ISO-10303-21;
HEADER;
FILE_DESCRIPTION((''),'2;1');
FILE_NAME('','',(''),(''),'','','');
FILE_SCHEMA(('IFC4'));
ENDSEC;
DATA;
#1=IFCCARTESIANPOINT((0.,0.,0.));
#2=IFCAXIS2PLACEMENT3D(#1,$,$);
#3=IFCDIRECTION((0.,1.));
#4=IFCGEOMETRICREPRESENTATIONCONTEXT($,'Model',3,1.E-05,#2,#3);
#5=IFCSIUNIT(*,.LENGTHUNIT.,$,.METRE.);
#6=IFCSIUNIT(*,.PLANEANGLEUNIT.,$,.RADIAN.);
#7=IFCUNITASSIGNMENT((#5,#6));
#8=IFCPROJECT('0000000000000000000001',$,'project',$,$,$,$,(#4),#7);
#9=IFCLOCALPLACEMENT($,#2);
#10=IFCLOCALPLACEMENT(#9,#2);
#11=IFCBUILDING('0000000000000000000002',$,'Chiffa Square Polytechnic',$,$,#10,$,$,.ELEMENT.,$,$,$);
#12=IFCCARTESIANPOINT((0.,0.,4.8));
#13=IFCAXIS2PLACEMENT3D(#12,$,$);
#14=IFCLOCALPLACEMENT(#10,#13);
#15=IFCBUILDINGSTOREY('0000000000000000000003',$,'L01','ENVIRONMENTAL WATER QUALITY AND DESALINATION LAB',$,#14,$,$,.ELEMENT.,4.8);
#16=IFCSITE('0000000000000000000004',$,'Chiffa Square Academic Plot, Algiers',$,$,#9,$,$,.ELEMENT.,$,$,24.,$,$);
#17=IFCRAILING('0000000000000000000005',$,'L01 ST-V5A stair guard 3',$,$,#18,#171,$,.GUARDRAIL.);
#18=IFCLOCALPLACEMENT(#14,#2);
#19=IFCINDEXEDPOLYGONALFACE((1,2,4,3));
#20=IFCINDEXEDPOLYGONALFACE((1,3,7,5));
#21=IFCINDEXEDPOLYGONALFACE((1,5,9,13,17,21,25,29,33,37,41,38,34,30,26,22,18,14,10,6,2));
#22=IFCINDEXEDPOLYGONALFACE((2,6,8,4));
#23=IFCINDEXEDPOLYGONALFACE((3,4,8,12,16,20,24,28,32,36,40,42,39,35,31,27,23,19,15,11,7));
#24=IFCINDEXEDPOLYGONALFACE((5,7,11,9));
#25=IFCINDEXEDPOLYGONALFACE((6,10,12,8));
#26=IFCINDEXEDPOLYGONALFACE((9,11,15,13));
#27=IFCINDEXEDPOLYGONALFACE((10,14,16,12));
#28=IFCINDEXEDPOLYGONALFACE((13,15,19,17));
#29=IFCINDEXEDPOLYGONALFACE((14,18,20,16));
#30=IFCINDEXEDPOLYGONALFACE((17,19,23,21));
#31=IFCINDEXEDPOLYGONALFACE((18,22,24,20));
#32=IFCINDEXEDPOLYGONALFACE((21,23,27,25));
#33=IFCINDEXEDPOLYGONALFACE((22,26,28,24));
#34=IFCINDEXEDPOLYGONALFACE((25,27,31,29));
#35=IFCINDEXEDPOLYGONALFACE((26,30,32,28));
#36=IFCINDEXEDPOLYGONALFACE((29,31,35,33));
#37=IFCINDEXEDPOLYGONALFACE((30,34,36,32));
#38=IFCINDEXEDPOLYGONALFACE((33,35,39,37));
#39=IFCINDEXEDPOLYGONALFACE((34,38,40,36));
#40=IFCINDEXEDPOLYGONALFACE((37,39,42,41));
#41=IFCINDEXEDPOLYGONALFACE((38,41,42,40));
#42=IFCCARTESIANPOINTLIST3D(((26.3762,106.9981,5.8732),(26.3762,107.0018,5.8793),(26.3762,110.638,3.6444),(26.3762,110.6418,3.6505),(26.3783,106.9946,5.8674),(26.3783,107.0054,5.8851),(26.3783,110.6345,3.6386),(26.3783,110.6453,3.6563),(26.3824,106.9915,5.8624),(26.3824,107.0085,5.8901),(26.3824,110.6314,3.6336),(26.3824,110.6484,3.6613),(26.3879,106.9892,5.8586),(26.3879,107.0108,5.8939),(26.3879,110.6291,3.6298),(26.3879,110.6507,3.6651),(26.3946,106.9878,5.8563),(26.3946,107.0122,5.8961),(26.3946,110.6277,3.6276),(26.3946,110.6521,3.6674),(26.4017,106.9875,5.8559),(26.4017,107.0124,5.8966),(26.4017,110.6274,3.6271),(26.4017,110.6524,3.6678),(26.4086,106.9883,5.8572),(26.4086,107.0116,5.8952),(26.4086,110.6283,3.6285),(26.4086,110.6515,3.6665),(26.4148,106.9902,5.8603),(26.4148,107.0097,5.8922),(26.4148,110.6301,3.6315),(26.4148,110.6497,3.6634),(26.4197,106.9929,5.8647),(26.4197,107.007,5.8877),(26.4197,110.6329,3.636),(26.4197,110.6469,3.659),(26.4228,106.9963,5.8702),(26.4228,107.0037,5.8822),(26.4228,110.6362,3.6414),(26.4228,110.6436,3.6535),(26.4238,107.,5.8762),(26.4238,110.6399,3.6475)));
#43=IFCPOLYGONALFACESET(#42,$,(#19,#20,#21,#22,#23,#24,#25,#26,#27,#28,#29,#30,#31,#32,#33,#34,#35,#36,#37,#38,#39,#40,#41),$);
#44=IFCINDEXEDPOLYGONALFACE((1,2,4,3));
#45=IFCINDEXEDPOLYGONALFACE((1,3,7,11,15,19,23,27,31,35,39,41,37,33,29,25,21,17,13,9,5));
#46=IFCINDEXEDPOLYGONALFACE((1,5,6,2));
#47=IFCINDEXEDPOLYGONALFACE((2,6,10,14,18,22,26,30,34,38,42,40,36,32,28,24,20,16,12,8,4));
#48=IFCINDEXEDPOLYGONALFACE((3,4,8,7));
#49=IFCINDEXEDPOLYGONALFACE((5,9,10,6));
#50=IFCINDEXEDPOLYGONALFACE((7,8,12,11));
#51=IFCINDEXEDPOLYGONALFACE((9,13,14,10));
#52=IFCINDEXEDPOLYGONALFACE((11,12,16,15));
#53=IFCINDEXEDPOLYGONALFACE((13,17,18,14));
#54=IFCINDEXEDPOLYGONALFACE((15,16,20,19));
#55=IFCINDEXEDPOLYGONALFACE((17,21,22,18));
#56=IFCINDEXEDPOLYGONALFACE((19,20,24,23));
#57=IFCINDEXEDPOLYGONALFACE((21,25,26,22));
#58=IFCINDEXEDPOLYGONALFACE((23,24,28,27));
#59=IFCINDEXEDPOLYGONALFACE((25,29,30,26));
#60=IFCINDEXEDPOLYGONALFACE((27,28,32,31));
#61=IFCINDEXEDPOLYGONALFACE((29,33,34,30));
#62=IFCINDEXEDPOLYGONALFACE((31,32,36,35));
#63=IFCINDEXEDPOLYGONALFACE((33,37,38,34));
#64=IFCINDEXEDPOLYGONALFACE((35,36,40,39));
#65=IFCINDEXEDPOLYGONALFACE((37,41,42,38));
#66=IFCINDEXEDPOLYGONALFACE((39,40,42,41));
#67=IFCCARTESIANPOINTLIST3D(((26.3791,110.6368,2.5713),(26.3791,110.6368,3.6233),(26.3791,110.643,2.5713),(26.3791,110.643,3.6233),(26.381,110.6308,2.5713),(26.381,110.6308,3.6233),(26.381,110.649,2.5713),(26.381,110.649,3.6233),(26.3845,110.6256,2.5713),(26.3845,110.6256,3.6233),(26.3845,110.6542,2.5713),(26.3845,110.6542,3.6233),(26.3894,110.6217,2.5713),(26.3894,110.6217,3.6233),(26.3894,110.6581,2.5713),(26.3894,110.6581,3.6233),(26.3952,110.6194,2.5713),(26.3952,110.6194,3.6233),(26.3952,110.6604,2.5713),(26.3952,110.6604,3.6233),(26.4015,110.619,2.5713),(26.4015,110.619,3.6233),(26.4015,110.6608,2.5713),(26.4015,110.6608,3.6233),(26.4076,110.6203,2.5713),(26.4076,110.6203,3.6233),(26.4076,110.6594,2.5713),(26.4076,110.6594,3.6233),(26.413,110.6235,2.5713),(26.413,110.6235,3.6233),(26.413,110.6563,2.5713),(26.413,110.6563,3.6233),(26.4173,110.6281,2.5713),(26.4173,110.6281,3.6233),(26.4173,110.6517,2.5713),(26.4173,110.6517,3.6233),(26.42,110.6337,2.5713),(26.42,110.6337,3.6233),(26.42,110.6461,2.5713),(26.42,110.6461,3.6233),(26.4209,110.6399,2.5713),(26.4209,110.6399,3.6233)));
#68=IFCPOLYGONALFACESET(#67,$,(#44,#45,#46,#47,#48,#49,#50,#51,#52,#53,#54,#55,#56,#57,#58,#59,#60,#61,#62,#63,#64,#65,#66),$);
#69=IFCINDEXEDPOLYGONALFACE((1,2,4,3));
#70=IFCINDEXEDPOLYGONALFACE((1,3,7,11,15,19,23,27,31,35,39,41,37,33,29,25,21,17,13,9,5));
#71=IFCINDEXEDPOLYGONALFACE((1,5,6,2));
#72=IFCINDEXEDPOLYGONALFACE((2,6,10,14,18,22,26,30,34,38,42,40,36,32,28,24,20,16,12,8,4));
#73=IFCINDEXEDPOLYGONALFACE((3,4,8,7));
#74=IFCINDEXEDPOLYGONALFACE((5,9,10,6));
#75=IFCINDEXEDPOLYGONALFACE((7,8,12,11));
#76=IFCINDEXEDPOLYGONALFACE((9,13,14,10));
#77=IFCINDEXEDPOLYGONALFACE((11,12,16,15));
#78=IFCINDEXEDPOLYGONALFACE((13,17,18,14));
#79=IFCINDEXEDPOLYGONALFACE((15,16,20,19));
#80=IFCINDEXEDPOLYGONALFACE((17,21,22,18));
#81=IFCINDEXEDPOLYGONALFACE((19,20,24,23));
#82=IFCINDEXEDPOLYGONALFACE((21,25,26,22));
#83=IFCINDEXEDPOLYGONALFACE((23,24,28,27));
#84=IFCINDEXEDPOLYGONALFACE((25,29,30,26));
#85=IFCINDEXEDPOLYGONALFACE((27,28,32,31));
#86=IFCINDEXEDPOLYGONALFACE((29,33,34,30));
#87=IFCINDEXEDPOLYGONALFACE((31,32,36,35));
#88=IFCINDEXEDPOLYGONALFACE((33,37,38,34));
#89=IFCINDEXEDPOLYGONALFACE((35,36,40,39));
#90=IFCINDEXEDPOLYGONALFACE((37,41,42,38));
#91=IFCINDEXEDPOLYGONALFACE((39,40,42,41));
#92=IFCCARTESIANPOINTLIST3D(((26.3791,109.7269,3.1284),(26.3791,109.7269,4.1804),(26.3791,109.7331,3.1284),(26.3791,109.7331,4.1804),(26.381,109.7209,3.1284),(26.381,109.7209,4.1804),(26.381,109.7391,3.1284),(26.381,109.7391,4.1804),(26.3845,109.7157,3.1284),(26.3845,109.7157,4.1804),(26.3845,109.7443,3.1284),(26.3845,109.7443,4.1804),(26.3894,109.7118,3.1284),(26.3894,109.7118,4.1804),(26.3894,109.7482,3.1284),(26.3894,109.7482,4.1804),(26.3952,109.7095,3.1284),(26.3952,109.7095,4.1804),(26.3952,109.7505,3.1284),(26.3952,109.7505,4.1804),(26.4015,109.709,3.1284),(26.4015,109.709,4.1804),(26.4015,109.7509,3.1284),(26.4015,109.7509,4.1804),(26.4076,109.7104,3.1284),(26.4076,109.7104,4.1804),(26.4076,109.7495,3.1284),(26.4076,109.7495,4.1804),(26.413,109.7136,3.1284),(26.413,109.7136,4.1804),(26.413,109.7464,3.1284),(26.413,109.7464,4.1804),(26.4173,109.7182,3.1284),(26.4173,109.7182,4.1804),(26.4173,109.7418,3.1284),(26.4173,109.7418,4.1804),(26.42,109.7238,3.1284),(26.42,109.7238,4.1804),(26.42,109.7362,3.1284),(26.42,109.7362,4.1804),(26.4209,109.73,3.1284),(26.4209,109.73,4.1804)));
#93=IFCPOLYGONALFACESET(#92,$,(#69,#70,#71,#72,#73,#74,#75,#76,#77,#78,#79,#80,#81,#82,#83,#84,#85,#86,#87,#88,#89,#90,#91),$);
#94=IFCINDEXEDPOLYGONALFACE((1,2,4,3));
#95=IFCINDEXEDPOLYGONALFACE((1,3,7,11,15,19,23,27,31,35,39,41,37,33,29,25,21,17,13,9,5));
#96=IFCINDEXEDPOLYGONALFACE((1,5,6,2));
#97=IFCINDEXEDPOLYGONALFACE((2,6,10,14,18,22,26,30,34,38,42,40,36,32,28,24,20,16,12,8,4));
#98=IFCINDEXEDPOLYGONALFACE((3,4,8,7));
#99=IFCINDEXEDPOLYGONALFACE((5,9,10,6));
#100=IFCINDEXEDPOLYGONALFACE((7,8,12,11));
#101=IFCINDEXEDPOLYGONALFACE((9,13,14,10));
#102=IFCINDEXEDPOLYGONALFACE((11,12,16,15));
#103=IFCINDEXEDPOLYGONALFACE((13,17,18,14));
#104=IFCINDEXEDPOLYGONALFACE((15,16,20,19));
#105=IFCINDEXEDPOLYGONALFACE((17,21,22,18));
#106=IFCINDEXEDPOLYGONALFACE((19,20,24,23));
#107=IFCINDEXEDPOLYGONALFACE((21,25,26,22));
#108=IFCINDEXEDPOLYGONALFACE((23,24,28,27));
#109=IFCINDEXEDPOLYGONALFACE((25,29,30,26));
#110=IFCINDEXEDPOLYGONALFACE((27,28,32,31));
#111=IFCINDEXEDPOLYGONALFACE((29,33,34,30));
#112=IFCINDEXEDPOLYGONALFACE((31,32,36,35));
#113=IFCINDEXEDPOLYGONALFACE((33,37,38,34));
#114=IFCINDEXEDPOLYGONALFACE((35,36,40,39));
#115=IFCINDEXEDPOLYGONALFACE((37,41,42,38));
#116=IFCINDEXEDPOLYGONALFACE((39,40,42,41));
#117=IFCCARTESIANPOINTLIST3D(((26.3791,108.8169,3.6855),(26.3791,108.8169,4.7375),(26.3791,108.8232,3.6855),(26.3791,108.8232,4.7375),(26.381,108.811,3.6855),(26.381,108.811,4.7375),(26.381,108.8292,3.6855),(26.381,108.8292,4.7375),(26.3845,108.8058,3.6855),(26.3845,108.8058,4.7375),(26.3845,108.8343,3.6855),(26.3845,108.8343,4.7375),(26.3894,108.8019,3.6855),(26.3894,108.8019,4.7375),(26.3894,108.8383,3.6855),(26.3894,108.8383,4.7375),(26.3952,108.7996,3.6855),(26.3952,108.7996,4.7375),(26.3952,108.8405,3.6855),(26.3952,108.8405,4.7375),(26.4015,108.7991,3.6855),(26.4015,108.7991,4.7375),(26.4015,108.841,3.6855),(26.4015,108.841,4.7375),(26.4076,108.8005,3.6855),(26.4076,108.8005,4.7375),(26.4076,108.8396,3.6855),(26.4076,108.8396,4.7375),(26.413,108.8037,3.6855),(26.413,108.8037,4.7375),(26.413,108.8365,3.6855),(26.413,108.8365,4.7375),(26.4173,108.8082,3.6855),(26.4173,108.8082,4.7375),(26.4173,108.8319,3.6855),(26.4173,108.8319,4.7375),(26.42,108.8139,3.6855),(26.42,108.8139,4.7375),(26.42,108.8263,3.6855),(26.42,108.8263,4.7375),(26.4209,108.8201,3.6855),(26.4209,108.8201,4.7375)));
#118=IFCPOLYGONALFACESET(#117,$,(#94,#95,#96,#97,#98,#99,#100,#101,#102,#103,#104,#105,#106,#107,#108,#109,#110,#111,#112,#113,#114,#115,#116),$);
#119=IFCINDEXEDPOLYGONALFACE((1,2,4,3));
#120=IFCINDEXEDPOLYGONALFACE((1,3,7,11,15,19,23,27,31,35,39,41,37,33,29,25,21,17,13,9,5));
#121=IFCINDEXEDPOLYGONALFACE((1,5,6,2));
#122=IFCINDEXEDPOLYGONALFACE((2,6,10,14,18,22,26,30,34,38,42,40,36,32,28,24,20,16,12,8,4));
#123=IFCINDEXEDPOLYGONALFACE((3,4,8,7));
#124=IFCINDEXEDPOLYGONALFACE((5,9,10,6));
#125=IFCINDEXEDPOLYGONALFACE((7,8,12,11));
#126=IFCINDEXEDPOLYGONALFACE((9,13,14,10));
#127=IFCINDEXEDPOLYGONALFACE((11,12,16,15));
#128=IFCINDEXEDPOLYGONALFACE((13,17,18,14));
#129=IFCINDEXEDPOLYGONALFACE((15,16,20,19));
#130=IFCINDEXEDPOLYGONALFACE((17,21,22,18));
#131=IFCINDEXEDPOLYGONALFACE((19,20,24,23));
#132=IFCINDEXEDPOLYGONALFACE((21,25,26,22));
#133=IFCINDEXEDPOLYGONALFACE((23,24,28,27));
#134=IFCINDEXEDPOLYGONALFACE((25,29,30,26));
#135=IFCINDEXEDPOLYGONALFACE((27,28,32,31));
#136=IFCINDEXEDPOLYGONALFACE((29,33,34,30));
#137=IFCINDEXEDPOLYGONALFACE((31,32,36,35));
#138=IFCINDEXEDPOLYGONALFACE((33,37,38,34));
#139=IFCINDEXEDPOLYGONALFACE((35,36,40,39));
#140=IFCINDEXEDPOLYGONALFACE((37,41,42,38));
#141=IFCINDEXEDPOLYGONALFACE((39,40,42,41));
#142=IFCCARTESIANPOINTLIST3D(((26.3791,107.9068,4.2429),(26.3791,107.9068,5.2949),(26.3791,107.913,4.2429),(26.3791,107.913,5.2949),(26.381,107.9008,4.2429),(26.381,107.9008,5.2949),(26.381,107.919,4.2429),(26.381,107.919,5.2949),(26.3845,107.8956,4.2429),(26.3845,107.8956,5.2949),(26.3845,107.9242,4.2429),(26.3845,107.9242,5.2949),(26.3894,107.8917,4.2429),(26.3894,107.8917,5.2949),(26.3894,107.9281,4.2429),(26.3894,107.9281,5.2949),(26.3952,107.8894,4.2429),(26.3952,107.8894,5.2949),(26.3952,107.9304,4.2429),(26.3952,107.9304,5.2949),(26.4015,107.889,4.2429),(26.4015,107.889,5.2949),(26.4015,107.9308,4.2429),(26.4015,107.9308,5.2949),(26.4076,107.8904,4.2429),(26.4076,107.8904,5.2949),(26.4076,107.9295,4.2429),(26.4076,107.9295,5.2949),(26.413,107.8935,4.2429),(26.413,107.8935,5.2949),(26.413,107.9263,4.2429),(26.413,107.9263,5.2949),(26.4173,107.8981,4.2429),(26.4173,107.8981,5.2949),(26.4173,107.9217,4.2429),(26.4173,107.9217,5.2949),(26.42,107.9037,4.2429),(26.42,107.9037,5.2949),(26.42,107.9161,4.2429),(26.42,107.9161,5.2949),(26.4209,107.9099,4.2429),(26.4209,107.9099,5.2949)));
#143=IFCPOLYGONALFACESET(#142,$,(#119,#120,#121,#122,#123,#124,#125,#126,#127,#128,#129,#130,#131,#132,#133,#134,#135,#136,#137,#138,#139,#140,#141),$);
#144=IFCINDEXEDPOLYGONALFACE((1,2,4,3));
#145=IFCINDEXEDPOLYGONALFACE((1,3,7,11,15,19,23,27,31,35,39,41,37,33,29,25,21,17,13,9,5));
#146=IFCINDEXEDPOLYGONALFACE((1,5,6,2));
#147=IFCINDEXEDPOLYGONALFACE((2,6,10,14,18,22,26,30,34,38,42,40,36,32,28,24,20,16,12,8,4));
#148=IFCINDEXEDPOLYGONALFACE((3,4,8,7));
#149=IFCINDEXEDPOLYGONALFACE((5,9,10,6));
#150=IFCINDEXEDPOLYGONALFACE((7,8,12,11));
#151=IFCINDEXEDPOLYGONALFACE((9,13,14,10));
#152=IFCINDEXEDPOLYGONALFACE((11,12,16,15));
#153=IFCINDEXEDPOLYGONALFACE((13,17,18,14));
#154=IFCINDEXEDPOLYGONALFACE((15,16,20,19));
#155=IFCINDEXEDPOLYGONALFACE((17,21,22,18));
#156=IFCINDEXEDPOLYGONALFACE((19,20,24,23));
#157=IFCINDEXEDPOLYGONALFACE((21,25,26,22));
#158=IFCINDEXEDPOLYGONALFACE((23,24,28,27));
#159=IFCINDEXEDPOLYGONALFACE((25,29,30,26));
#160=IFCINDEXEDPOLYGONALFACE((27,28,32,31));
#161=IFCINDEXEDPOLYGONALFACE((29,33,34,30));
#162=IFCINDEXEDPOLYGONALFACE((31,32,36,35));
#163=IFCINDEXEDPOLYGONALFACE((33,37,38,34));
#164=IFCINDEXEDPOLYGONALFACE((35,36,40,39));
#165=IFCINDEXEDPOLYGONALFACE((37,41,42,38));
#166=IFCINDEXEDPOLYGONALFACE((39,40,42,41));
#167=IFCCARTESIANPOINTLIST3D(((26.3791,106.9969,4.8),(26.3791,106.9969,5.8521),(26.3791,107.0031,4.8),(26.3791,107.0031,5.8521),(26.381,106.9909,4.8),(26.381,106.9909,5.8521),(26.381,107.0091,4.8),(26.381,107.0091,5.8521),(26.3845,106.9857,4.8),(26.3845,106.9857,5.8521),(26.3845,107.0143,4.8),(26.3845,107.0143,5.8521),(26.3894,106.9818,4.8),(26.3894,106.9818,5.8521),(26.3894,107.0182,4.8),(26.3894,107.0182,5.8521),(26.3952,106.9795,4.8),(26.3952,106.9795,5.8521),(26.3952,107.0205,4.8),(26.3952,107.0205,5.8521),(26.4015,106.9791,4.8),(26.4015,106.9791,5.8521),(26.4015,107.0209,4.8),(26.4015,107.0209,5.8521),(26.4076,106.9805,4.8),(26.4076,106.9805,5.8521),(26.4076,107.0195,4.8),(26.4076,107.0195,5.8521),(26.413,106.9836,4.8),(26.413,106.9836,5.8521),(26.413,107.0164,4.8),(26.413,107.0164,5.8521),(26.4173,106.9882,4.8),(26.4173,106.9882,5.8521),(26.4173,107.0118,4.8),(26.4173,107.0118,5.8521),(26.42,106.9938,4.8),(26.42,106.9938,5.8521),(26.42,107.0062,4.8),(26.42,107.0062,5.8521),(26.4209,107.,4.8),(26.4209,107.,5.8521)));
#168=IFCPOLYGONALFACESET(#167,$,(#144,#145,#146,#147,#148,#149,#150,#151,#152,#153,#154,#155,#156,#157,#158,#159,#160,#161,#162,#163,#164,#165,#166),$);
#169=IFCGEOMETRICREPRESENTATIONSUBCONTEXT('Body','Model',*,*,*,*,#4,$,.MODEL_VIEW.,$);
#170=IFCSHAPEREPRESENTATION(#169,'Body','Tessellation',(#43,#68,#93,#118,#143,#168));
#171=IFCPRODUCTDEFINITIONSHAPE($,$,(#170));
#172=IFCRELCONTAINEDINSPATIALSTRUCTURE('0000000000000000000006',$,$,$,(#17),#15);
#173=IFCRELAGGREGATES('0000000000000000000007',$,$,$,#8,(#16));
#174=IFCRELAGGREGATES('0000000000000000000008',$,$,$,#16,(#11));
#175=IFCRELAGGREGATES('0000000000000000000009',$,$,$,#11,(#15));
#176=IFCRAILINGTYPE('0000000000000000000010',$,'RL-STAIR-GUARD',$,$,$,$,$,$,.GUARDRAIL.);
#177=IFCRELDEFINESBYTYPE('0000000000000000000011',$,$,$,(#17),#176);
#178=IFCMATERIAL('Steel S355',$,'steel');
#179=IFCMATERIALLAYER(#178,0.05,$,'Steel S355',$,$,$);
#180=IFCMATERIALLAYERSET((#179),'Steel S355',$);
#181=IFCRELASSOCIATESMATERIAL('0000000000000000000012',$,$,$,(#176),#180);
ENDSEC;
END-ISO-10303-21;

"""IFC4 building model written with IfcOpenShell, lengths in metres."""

from ifc_helpers import new_model, si_unit, direction, frame, origin, origin_2d, place, context, subcontext, project, spatial, circle, extrude, material, layer, layer_set, type_object, element, save


model = new_model("IFC4")

# Units and contexts
model_context = context("Model", 3, precision=1e-05, world=origin(), true_north=direction((0.0, 1.0)))
body_context = subcontext(model_context, "Body", "Model", "MODEL_VIEW")
ifc_project = project(units=[si_unit("LENGTHUNIT", "METRE"), si_unit("PLANEANGLEUNIT", "RADIAN")], contexts=[model_context])

# Site, building, storey
site_placement = place(None, origin())
site = spatial("IfcSite", under=ifc_project, at=site_placement, Name="Chiffa Square Academic Plot, Algiers", CompositionType="ELEMENT", RefElevation=24.0)
building_placement = place(site_placement, origin())
building = spatial("IfcBuilding", under=site, at=building_placement, Name="Chiffa Square Polytechnic", CompositionType="ELEMENT")
storey_placement = place(building_placement, frame((0.0, 0.0, 4.8)))
storey = spatial("IfcBuildingStorey", under=building, at=storey_placement, Name="L01", Description="ENVIRONMENTAL WATER QUALITY AND DESALINATION LAB", CompositionType="ELEMENT", Elevation=4.8)

# Railing
ifc_material_1 = material(Name="Steel S355", Category="steel")
ifc_layer_1 = layer(ifc_material_1, 0.05, Name="Steel S355")
ifc_layer_set_1 = layer_set([ifc_layer_1], Name="Steel S355")
railing_type_1 = type_object("IfcRailingType", Name="RL-STAIR-GUARD", PredefinedType="GUARDRAIL", material=ifc_layer_set_1)
railing_1_placement = place(storey_placement, frame((26.3999, 110.6399, 2.5713)))
element("IfcRailing", 1, at=railing_1_placement, inside=storey, type_object=railing_type_1, Name="L01 ST-V5A stair guard 3", PredefinedType="GUARDRAIL", context=body_context, shape_type="SweptSolid", body=[
    extrude(circle(Radius=0.0239, at=origin_2d()), frame((0.0, 0.0, 1.0762), z_axis=(0.0, -0.852825, 0.522197), x_axis=(1.0, 0.0, 0.0)), (0.0, 0.0, 1.0), 4.2681),
    extrude(circle(Radius=0.021, at=origin_2d()), origin(), (0.0, 0.0, 1.0), 1.052),
    extrude(circle(Radius=0.021, at=origin_2d()), frame((0.0, -0.9099, 0.5571)), (0.0, 0.0, 1.0), 1.052),
    extrude(circle(Radius=0.021, at=origin_2d()), frame((0.0, -1.8198, 1.1143)), (0.0, 0.0, 1.0), 1.052),
    extrude(circle(Radius=0.021, at=origin_2d()), frame((0.0, -2.73, 1.6716)), (0.0, 0.0, 1.0), 1.052),
    extrude(circle(Radius=0.021, at=origin_2d()), frame((0.0, -3.6399, 2.2288)), (0.0, 0.0, 1.0), 1.052),
])

save(model, "model.ifc")
